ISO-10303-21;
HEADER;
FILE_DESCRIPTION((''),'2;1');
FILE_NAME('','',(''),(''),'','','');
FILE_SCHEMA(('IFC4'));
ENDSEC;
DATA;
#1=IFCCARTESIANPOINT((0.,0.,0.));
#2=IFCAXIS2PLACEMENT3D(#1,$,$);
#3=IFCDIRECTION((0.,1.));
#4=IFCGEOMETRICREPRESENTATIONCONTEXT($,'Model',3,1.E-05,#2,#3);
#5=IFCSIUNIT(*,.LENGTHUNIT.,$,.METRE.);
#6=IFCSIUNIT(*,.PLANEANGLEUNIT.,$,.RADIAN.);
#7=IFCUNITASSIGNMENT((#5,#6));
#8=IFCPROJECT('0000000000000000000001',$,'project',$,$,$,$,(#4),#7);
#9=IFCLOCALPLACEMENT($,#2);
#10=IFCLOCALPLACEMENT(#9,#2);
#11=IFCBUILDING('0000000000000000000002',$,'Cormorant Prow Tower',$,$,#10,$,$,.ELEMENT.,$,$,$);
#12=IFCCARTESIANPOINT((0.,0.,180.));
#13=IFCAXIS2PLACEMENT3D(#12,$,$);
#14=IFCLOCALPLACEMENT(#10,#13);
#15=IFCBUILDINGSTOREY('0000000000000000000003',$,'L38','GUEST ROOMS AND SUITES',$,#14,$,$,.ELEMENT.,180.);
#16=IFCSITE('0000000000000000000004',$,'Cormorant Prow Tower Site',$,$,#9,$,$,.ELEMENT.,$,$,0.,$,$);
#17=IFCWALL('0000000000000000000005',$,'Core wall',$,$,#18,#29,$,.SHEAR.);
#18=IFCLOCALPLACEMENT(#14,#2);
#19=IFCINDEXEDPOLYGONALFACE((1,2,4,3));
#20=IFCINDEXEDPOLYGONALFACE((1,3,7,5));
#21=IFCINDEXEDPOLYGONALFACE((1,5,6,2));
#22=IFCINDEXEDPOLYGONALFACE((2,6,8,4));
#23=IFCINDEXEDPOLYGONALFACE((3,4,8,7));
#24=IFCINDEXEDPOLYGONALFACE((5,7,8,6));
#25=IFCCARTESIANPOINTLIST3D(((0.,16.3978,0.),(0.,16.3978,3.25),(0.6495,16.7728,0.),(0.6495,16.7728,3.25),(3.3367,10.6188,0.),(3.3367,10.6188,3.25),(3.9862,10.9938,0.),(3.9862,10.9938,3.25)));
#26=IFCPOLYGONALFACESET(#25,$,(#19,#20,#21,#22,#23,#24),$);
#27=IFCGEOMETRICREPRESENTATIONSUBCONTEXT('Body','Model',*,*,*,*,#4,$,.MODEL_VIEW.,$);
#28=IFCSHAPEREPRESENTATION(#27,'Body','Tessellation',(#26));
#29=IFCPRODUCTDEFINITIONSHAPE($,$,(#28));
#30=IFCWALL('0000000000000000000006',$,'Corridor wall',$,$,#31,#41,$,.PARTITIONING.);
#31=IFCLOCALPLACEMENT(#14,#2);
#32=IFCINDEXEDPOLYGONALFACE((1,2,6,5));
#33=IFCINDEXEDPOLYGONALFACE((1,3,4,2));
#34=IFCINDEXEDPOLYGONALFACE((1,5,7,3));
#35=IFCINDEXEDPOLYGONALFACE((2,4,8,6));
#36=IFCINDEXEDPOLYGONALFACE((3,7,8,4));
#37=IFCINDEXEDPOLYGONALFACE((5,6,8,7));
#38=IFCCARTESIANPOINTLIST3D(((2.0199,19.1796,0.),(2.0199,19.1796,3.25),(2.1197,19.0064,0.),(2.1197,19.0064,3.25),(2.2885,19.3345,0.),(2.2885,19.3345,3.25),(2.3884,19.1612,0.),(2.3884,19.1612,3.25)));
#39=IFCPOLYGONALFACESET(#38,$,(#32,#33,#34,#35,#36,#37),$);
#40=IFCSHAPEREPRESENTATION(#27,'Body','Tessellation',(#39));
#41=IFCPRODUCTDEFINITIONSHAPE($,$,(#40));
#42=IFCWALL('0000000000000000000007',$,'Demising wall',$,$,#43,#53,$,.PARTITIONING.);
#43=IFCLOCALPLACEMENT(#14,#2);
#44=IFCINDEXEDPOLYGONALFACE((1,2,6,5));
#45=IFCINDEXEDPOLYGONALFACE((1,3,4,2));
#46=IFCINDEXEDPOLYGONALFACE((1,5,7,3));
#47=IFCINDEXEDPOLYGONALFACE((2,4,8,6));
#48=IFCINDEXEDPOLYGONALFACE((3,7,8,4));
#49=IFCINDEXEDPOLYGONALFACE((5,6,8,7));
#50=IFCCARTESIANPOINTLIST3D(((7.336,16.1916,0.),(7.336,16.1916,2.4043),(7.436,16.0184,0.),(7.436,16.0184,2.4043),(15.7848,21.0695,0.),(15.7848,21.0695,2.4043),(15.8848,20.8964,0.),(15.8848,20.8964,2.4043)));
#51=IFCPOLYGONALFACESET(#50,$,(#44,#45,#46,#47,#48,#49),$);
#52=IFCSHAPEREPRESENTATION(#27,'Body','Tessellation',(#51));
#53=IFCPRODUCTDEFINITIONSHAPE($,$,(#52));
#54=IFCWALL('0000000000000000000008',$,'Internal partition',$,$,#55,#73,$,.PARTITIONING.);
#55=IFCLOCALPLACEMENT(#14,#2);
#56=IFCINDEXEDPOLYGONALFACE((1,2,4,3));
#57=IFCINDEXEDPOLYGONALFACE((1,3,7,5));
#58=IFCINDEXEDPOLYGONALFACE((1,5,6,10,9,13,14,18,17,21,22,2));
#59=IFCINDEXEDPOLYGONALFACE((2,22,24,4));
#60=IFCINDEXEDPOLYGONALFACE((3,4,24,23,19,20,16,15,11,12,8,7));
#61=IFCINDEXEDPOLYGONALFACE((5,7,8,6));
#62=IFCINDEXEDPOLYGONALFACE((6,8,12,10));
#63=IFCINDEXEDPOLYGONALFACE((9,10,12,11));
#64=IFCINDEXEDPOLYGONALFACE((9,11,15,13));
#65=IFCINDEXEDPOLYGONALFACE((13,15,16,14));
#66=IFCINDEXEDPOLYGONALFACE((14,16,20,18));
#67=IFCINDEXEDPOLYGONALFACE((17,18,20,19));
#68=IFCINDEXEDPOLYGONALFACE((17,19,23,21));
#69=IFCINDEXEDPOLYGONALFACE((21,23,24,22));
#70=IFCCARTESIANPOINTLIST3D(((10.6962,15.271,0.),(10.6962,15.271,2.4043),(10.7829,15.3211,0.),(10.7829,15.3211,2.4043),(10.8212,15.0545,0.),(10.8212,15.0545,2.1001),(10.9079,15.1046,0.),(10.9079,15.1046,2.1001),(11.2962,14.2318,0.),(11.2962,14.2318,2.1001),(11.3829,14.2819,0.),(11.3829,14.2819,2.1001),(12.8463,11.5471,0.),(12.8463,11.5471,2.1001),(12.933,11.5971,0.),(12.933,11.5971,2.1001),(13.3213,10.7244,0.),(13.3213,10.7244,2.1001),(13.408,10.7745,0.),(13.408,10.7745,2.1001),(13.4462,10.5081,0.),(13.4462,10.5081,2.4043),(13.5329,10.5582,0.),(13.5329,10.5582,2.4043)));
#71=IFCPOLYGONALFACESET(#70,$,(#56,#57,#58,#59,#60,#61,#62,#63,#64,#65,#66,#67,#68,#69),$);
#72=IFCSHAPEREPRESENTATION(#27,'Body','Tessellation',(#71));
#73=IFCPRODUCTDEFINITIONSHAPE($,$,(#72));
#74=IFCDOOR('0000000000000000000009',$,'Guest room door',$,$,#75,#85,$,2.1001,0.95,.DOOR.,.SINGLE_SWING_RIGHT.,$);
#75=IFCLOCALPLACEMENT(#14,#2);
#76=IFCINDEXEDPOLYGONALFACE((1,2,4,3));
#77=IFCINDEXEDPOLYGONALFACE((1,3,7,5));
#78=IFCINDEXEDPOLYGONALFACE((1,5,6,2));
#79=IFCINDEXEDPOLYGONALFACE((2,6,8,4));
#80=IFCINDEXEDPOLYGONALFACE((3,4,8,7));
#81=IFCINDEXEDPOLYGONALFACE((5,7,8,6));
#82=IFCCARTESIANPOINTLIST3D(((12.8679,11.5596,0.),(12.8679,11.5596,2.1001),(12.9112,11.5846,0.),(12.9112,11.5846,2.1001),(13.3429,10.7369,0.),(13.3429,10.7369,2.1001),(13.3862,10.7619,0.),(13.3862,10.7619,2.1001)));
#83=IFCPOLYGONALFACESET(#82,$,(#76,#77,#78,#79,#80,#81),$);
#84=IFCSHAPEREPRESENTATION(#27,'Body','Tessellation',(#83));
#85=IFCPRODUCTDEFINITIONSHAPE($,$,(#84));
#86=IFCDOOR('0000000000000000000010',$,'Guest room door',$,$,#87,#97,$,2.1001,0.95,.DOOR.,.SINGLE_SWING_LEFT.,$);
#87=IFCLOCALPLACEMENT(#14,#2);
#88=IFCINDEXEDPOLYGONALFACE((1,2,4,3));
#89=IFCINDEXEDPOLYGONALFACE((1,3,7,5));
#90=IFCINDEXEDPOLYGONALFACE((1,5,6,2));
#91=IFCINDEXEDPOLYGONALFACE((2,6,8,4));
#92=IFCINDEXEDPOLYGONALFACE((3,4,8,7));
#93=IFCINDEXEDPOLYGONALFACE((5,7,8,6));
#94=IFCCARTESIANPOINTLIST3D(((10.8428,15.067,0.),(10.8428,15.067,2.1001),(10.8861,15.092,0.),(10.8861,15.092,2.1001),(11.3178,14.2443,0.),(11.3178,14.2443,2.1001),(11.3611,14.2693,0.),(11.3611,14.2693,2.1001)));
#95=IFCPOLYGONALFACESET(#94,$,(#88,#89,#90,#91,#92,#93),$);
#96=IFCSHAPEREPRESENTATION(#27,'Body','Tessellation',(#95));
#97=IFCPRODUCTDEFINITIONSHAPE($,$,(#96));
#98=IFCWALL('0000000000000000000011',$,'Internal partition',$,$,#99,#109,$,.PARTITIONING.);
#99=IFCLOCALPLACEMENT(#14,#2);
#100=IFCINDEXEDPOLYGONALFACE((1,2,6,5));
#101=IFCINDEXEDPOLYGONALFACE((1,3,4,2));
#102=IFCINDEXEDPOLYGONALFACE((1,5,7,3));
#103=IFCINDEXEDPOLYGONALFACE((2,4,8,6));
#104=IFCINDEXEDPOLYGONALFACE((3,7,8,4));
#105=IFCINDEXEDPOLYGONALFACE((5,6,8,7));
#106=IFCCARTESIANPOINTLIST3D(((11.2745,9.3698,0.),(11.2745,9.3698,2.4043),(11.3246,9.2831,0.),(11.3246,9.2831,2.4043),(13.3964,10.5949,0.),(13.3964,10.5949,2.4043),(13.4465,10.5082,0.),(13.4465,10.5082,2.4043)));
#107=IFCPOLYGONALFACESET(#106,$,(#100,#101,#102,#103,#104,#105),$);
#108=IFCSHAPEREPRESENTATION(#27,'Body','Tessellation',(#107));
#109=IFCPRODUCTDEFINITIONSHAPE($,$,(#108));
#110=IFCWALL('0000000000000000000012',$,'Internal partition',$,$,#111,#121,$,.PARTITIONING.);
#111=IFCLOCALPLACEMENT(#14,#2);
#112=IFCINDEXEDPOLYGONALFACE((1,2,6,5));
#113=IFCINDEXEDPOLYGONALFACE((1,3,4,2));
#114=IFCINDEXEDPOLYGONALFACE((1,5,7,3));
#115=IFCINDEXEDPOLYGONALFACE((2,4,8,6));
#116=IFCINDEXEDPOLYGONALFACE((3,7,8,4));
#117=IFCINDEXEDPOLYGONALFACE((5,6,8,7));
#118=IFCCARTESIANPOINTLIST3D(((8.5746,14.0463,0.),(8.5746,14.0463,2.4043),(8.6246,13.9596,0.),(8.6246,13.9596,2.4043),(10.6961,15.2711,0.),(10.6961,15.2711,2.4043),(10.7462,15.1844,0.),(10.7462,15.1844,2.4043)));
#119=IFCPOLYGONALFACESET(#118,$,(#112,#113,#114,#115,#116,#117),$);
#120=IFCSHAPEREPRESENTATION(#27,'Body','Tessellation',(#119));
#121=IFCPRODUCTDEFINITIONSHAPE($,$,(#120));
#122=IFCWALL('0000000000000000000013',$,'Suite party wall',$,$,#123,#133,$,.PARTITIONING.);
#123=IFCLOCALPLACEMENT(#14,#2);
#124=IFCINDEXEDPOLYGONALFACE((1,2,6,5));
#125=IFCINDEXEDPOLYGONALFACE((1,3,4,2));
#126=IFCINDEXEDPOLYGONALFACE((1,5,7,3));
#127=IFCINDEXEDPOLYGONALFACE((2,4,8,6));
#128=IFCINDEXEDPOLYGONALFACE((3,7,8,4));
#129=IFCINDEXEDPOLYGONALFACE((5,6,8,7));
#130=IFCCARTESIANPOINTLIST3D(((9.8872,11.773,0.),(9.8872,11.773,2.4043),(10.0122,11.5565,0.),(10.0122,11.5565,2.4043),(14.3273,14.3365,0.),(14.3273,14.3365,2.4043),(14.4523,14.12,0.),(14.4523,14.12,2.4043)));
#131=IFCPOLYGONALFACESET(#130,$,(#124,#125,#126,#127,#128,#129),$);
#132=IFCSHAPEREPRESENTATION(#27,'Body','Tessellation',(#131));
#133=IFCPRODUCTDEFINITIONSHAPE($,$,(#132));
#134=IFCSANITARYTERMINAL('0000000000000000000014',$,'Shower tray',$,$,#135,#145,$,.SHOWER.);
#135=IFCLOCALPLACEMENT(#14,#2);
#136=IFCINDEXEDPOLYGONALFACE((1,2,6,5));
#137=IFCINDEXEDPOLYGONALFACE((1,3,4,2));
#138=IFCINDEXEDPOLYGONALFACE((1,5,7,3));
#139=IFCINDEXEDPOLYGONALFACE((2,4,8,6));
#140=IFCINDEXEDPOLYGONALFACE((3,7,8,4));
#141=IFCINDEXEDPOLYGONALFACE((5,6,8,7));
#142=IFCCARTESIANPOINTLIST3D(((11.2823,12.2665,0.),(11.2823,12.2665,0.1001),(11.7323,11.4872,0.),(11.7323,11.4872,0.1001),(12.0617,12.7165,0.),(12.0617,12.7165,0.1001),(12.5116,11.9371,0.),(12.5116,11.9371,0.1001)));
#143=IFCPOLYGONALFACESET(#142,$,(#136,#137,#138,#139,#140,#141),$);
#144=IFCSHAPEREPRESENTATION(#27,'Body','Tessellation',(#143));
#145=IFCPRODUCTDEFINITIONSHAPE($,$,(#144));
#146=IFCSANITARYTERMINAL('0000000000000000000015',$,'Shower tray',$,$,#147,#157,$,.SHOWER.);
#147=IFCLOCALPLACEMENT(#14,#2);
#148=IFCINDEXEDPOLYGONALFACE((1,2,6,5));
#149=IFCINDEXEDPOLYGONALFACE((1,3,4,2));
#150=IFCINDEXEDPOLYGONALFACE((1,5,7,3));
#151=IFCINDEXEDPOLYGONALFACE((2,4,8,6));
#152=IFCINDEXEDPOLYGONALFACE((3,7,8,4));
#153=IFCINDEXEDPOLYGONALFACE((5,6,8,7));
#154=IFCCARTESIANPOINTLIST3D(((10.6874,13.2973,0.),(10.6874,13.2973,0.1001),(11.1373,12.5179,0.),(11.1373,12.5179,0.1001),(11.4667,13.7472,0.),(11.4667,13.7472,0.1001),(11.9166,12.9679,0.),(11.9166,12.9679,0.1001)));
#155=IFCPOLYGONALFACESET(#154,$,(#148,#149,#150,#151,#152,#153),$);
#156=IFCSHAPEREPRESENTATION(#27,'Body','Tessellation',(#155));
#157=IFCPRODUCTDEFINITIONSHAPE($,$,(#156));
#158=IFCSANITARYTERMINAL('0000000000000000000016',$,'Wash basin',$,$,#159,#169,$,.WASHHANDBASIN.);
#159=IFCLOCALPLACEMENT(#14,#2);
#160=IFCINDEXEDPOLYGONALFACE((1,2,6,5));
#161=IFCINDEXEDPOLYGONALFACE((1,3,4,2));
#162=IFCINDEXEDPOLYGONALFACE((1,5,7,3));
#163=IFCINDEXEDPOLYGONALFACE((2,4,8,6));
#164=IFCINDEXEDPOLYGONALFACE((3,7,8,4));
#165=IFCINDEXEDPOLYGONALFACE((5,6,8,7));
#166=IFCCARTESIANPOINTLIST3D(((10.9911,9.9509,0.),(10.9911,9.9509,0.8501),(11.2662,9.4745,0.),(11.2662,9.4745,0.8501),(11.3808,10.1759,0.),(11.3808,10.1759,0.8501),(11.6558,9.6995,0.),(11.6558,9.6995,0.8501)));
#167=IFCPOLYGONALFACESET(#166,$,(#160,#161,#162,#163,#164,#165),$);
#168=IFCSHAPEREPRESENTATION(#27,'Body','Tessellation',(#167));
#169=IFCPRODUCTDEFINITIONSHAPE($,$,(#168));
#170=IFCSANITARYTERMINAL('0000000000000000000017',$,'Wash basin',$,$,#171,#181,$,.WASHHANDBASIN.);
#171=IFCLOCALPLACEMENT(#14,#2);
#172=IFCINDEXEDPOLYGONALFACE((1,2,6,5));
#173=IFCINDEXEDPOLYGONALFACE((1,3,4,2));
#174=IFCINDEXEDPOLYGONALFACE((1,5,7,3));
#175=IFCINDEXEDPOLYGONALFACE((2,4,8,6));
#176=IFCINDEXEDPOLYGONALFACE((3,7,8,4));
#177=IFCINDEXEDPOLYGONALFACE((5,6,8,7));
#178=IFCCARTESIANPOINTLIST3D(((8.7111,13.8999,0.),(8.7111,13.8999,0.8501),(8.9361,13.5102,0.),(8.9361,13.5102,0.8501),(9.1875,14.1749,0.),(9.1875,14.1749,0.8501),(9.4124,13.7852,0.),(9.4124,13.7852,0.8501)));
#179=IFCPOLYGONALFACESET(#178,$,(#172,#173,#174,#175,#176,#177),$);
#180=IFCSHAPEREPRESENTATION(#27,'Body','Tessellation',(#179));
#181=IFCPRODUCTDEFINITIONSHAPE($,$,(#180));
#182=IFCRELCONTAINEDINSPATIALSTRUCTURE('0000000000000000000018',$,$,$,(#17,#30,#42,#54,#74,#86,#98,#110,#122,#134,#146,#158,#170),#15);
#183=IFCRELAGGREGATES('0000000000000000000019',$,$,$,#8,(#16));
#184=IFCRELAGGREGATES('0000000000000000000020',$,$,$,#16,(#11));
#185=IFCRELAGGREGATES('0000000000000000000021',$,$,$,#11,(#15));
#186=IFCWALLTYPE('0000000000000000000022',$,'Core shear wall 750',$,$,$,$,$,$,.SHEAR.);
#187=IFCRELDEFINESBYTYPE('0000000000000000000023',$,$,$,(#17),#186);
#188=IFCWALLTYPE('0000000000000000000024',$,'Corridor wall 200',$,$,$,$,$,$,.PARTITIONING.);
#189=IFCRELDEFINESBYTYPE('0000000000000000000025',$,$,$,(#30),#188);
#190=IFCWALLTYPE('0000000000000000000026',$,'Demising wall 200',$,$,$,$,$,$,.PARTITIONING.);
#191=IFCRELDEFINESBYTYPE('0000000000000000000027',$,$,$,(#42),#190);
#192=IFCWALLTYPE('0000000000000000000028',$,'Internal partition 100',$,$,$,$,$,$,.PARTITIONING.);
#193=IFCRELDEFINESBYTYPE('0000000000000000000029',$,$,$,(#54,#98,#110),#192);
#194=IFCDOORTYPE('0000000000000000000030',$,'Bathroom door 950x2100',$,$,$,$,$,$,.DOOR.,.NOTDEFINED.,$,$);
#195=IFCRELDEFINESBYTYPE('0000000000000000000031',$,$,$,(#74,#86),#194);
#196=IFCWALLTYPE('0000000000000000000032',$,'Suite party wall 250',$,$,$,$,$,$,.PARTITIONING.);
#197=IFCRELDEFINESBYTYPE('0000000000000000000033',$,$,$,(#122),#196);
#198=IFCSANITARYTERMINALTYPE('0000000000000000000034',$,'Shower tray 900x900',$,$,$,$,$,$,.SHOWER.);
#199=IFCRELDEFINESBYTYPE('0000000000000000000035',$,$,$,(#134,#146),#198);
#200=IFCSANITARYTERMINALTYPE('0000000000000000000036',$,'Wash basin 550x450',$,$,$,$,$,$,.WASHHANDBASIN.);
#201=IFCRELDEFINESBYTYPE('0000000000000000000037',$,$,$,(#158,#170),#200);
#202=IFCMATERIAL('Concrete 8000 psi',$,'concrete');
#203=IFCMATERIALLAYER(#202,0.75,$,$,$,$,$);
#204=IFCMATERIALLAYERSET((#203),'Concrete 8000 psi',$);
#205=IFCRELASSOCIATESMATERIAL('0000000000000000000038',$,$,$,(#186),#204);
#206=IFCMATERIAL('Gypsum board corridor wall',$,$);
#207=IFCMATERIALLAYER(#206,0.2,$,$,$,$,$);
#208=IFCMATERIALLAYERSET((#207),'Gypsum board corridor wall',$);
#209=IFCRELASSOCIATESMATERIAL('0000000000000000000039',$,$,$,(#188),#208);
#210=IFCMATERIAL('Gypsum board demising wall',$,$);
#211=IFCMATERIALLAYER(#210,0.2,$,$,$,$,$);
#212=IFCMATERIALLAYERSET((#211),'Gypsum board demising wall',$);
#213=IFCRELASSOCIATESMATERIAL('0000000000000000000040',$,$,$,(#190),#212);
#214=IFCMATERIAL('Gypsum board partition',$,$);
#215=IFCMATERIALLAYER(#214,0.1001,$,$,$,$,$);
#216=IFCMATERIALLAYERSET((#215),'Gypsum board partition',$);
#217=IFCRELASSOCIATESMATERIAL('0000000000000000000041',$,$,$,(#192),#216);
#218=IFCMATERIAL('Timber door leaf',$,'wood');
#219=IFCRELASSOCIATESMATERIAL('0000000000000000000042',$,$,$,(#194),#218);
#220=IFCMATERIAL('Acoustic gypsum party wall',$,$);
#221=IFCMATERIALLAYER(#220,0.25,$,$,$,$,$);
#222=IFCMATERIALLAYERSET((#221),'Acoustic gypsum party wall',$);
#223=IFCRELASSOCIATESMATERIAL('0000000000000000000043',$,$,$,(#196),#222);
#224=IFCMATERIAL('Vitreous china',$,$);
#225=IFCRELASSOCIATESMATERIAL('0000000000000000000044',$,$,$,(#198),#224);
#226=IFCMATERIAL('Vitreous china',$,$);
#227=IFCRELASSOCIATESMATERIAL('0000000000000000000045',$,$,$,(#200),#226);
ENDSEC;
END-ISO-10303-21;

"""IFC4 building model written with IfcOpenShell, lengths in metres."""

from ifc_helpers import new_model, si_unit, direction, frame, frame_2d, origin, origin_2d, place, context, subcontext, project, spatial, rectangle, extrude, material, layer, layer_set, type_object, element, fill, save


model = new_model("IFC4")

# Units and contexts
model_context = context("Model", 3, precision=1e-05, world=origin(), true_north=direction((0.0, 1.0)))
body_context = subcontext(model_context, "Body", "Model", "MODEL_VIEW")
ifc_project = project(units=[si_unit("LENGTHUNIT", "METRE"), si_unit("PLANEANGLEUNIT", "RADIAN")], contexts=[model_context])

# Site, building, storey
site_placement = place(None, origin())
site = spatial("IfcSite", under=ifc_project, at=site_placement, Name="Cormorant Prow Tower Site", CompositionType="ELEMENT", RefElevation=0.0)
building_placement = place(site_placement, origin())
building = spatial("IfcBuilding", under=site, at=building_placement, Name="Cormorant Prow Tower", CompositionType="ELEMENT")
storey_placement = place(building_placement, frame((0.0, 0.0, 180.0)))
storey = spatial("IfcBuildingStorey", under=building, at=storey_placement, Name="L38", Description="GUEST ROOMS AND SUITES", CompositionType="ELEMENT", Elevation=180.0)

# Walls
ifc_material_1 = material(Name="Concrete 8000 psi", Category="concrete")
ifc_layer_1 = layer(ifc_material_1, 0.75)
ifc_layer_set_1 = layer_set([ifc_layer_1], Name="Concrete 8000 psi")
wall_type_1 = type_object("IfcWallType", Name="Core shear wall 750", PredefinedType="SHEAR", material=ifc_layer_set_1)
wall_1_placement = place(storey_placement, frame((3.6614, 10.8064, 0.0), z_axis=(0.0, 0.0, 1.0), x_axis=(-0.500015, 0.866017, 0.0)))
element("IfcWall", 1, at=wall_1_placement, inside=storey, type_object=wall_type_1, Name="Core wall", PredefinedType="SHEAR", context=body_context, shape_type="SweptSolid", body=[
    extrude(rectangle(XDim=6.6731, YDim=0.75, at=frame_2d((3.3364, 0.0))), origin(), (0.0, 0.0, 1.0), 3.25),
])
ifc_material_2 = material(Name="Gypsum board corridor wall")
ifc_layer_2 = layer(ifc_material_2, 0.2)
ifc_layer_set_2 = layer_set([ifc_layer_2], Name="Gypsum board corridor wall")
wall_type_2 = type_object("IfcWallType", Name="Corridor wall 200", PredefinedType="PARTITIONING", material=ifc_layer_set_2)
wall_2_placement = place(storey_placement, frame((2.0698, 19.093, 0.0), z_axis=(0.0, 0.0, 1.0), x_axis=(0.866395, 0.499359, 0.0)))
element("IfcWall", 2, at=wall_2_placement, inside=storey, type_object=wall_type_2, Name="Corridor wall", PredefinedType="PARTITIONING", context=body_context, shape_type="SweptSolid", body=[
    extrude(rectangle(XDim=0.3101, YDim=0.2, at=frame_2d((0.155, 0.0))), origin(), (0.0, 0.0, 1.0), 3.25),
])
ifc_material_3 = material(Name="Gypsum board demising wall")
ifc_layer_3 = layer(ifc_material_3, 0.2)
ifc_layer_set_3 = layer_set([ifc_layer_3], Name="Gypsum board demising wall")
wall_type_3 = type_object("IfcWallType", Name="Demising wall 200", PredefinedType="PARTITIONING", material=ifc_layer_set_3)
wall_3_placement = place(storey_placement, frame((7.386, 16.105, 0.0), z_axis=(0.0, 0.0, 1.0), x_axis=(0.866023, 0.500004, 0.0)))
element("IfcWall", 3, at=wall_3_placement, inside=storey, type_object=wall_type_3, Name="Demising wall", PredefinedType="PARTITIONING", context=body_context, shape_type="SweptSolid", body=[
    extrude(rectangle(XDim=9.7559, YDim=0.2, at=frame_2d((4.8779, 0.0))), origin(), (0.0, 0.0, 1.0), 2.4043),
])

# Wall, openings, doors
ifc_material_4 = material(Name="Gypsum board partition")
ifc_layer_4 = layer(ifc_material_4, 0.1001)
ifc_layer_set_4 = layer_set([ifc_layer_4], Name="Gypsum board partition")
wall_type_4 = type_object("IfcWallType", Name="Internal partition 100", PredefinedType="PARTITIONING", material=ifc_layer_set_4)
wall_4_placement = place(storey_placement, frame((10.7395, 15.2961, 0.0), z_axis=(0.0, 0.0, 1.0), x_axis=(0.500016, -0.866016, 0.0)))
wall_4 = element("IfcWall", 4, at=wall_4_placement, inside=storey, type_object=wall_type_4, Name="Internal partition", PredefinedType="PARTITIONING", context=body_context, shape_type="SweptSolid", body=[
    extrude(rectangle(XDim=5.4998, YDim=0.1001, at=frame_2d((2.75, 0.0))), origin(), (0.0, 0.0, 1.0), 2.4043),
])
opening_1_placement = place(wall_4_placement, frame((4.3, 0.0, 0.0)))
opening_1 = element("IfcOpeningElement", 5, at=opening_1_placement, cuts=wall_4, PredefinedType="OPENING", context=body_context, shape_type="SweptSolid", body=[
    extrude(rectangle(XDim=0.95, YDim=2.1001, at=frame_2d((0.4751, 1.05))), frame((0.0, 0.0601, 0.0), z_axis=(0.0, -1.0, 0.0), x_axis=(1.0, 0.0, 0.0)), (0.0, 0.0, 1.0), 0.1201),
])
opening_2_placement = place(wall_4_placement, frame((0.25, 0.0, 0.0)))
opening_2 = element("IfcOpeningElement", 6, at=opening_2_placement, cuts=wall_4, PredefinedType="OPENING", context=body_context, shape_type="SweptSolid", body=[
    extrude(rectangle(XDim=0.95, YDim=2.1001, at=frame_2d((0.4751, 1.05))), frame((0.0, 0.0601, 0.0), z_axis=(0.0, -1.0, 0.0), x_axis=(1.0, 0.0, 0.0)), (0.0, 0.0, 1.0), 0.1201),
])
ifc_material_5 = material(Name="Timber door leaf", Category="wood")
door_type_1 = type_object("IfcDoorType", Name="Bathroom door 950x2100", OperationType="NOTDEFINED", PredefinedType="DOOR", material=ifc_material_5)
door_1_placement = place(opening_1_placement, origin())
door_1 = element("IfcDoor", 7, at=door_1_placement, inside=storey, type_object=door_type_1, Name="Guest room door", OperationType="SINGLE_SWING_RIGHT", OverallHeight=2.1001, OverallWidth=0.95, PredefinedType="DOOR", context=body_context, shape_type="SweptSolid", body=[
    extrude(rectangle(XDim=0.95, YDim=2.1001, at=frame_2d((0.4751, 1.05))), frame((0.0, 0.0249, 0.0), z_axis=(0.0, -1.0, 0.0), x_axis=(1.0, 0.0, 0.0)), (0.0, 0.0, 1.0), 0.05),
])
fill(opening_1, door_1)
door_2_placement = place(opening_2_placement, origin())
door_2 = element("IfcDoor", 8, at=door_2_placement, inside=storey, type_object=door_type_1, Name="Guest room door", OperationType="SINGLE_SWING_LEFT", OverallHeight=2.1001, OverallWidth=0.95, PredefinedType="DOOR", context=body_context, shape_type="SweptSolid", body=[
    extrude(rectangle(XDim=0.95, YDim=2.1001, at=frame_2d((0.4751, 1.05))), frame((0.0, 0.0249, 0.0), z_axis=(0.0, -1.0, 0.0), x_axis=(1.0, 0.0, 0.0)), (0.0, 0.0, 1.0), 0.05),
])
fill(opening_2, door_2)

# Walls
wall_5_placement = place(storey_placement, frame((11.2996, 9.3264, 0.0), z_axis=(0.0, 0.0, 1.0), x_axis=(0.866015, 0.500019, 0.0)))
element("IfcWall", 9, at=wall_5_placement, inside=storey, type_object=wall_type_4, Name="Internal partition", PredefinedType="PARTITIONING", context=body_context, shape_type="SweptSolid", body=[
    extrude(rectangle(XDim=2.4502, YDim=0.1001, at=frame_2d((1.2251, 0.0))), origin(), (0.0, 0.0, 1.0), 2.4043),
])
wall_6_placement = place(storey_placement, frame((8.5996, 14.0029, 0.0), z_axis=(0.0, 0.0, 1.0), x_axis=(0.866033, 0.499987, 0.0)))
element("IfcWall", 10, at=wall_6_placement, inside=storey, type_object=wall_type_4, Name="Internal partition", PredefinedType="PARTITIONING", context=body_context, shape_type="SweptSolid", body=[
    extrude(rectangle(XDim=2.4497, YDim=0.1001, at=frame_2d((1.2249, 0.0))), origin(), (0.0, 0.0, 1.0), 2.4043),
])
ifc_material_6 = material(Name="Acoustic gypsum party wall")
ifc_layer_5 = layer(ifc_material_6, 0.25)
ifc_layer_set_5 = layer_set([ifc_layer_5], Name="Acoustic gypsum party wall")
wall_type_5 = type_object("IfcWallType", Name="Suite party wall 250", PredefinedType="PARTITIONING", material=ifc_layer_set_5)
wall_7_placement = place(storey_placement, frame((9.9497, 11.6648, 0.0), z_axis=(0.0, 0.0, 1.0), x_axis=(0.866031, 0.49999, 0.0)))
element("IfcWall", 11, at=wall_7_placement, inside=storey, type_object=wall_type_5, Name="Suite party wall", PredefinedType="PARTITIONING", context=body_context, shape_type="SweptSolid", body=[
    extrude(rectangle(XDim=5.127, YDim=0.25, at=frame_2d((2.5635, 0.0))), origin(), (0.0, 0.0, 1.0), 2.4043),
])

# Sanitary terminals
ifc_material_7 = material(Name="Vitreous china")
sanitary_terminal_type_1 = type_object("IfcSanitaryTerminalType", Name="Shower tray 900x900", PredefinedType="SHOWER", material=ifc_material_7)
for number, where, z_axis, x_axis, name in (
    (12, (11.897, 12.1018, 0.0), (0.0, 0.0, 1.0), (0.5, -0.866025, 0.0), "Shower tray"),
    (13, (11.302, 13.1326, 0.0), (0.0, 0.0, 1.0), (-0.866025, -0.5, 0.0), "Shower tray"),
):
    element("IfcSanitaryTerminal", number, at=place(storey_placement, frame(where, z_axis=z_axis, x_axis=x_axis)), inside=storey, type_object=sanitary_terminal_type_1, Name=name, PredefinedType="SHOWER", context=body_context, shape_type="SweptSolid", body=[
        extrude(rectangle(XDim=0.8999, YDim=0.8999, at=origin_2d()), origin(), (0.0, 0.0, 1.0), 0.1001),
    ])
ifc_material_8 = material(Name="Vitreous china")
sanitary_terminal_type_2 = type_object("IfcSanitaryTerminalType", Name="Wash basin 550x450", PredefinedType="WASHHANDBASIN", material=ifc_material_8)
for number, where, z_axis, x_axis, name in (
    (14, (11.3235, 9.8252, 0.0), (0.0, 0.0, 1.0), (-0.5, 0.866025, 0.0), "Wash basin"),
    (15, (9.0618, 13.8425, 0.0), (0.0, 0.0, 1.0), (0.866025, 0.5, 0.0), "Wash basin"),
):
    element("IfcSanitaryTerminal", number, at=place(storey_placement, frame(where, z_axis=z_axis, x_axis=x_axis)), inside=storey, type_object=sanitary_terminal_type_2, Name=name, PredefinedType="WASHHANDBASIN", context=body_context, shape_type="SweptSolid", body=[
        extrude(rectangle(XDim=0.55, YDim=0.45, at=origin_2d()), origin(), (0.0, 0.0, 1.0), 0.8501),
    ])

save(model, "model.ifc")
